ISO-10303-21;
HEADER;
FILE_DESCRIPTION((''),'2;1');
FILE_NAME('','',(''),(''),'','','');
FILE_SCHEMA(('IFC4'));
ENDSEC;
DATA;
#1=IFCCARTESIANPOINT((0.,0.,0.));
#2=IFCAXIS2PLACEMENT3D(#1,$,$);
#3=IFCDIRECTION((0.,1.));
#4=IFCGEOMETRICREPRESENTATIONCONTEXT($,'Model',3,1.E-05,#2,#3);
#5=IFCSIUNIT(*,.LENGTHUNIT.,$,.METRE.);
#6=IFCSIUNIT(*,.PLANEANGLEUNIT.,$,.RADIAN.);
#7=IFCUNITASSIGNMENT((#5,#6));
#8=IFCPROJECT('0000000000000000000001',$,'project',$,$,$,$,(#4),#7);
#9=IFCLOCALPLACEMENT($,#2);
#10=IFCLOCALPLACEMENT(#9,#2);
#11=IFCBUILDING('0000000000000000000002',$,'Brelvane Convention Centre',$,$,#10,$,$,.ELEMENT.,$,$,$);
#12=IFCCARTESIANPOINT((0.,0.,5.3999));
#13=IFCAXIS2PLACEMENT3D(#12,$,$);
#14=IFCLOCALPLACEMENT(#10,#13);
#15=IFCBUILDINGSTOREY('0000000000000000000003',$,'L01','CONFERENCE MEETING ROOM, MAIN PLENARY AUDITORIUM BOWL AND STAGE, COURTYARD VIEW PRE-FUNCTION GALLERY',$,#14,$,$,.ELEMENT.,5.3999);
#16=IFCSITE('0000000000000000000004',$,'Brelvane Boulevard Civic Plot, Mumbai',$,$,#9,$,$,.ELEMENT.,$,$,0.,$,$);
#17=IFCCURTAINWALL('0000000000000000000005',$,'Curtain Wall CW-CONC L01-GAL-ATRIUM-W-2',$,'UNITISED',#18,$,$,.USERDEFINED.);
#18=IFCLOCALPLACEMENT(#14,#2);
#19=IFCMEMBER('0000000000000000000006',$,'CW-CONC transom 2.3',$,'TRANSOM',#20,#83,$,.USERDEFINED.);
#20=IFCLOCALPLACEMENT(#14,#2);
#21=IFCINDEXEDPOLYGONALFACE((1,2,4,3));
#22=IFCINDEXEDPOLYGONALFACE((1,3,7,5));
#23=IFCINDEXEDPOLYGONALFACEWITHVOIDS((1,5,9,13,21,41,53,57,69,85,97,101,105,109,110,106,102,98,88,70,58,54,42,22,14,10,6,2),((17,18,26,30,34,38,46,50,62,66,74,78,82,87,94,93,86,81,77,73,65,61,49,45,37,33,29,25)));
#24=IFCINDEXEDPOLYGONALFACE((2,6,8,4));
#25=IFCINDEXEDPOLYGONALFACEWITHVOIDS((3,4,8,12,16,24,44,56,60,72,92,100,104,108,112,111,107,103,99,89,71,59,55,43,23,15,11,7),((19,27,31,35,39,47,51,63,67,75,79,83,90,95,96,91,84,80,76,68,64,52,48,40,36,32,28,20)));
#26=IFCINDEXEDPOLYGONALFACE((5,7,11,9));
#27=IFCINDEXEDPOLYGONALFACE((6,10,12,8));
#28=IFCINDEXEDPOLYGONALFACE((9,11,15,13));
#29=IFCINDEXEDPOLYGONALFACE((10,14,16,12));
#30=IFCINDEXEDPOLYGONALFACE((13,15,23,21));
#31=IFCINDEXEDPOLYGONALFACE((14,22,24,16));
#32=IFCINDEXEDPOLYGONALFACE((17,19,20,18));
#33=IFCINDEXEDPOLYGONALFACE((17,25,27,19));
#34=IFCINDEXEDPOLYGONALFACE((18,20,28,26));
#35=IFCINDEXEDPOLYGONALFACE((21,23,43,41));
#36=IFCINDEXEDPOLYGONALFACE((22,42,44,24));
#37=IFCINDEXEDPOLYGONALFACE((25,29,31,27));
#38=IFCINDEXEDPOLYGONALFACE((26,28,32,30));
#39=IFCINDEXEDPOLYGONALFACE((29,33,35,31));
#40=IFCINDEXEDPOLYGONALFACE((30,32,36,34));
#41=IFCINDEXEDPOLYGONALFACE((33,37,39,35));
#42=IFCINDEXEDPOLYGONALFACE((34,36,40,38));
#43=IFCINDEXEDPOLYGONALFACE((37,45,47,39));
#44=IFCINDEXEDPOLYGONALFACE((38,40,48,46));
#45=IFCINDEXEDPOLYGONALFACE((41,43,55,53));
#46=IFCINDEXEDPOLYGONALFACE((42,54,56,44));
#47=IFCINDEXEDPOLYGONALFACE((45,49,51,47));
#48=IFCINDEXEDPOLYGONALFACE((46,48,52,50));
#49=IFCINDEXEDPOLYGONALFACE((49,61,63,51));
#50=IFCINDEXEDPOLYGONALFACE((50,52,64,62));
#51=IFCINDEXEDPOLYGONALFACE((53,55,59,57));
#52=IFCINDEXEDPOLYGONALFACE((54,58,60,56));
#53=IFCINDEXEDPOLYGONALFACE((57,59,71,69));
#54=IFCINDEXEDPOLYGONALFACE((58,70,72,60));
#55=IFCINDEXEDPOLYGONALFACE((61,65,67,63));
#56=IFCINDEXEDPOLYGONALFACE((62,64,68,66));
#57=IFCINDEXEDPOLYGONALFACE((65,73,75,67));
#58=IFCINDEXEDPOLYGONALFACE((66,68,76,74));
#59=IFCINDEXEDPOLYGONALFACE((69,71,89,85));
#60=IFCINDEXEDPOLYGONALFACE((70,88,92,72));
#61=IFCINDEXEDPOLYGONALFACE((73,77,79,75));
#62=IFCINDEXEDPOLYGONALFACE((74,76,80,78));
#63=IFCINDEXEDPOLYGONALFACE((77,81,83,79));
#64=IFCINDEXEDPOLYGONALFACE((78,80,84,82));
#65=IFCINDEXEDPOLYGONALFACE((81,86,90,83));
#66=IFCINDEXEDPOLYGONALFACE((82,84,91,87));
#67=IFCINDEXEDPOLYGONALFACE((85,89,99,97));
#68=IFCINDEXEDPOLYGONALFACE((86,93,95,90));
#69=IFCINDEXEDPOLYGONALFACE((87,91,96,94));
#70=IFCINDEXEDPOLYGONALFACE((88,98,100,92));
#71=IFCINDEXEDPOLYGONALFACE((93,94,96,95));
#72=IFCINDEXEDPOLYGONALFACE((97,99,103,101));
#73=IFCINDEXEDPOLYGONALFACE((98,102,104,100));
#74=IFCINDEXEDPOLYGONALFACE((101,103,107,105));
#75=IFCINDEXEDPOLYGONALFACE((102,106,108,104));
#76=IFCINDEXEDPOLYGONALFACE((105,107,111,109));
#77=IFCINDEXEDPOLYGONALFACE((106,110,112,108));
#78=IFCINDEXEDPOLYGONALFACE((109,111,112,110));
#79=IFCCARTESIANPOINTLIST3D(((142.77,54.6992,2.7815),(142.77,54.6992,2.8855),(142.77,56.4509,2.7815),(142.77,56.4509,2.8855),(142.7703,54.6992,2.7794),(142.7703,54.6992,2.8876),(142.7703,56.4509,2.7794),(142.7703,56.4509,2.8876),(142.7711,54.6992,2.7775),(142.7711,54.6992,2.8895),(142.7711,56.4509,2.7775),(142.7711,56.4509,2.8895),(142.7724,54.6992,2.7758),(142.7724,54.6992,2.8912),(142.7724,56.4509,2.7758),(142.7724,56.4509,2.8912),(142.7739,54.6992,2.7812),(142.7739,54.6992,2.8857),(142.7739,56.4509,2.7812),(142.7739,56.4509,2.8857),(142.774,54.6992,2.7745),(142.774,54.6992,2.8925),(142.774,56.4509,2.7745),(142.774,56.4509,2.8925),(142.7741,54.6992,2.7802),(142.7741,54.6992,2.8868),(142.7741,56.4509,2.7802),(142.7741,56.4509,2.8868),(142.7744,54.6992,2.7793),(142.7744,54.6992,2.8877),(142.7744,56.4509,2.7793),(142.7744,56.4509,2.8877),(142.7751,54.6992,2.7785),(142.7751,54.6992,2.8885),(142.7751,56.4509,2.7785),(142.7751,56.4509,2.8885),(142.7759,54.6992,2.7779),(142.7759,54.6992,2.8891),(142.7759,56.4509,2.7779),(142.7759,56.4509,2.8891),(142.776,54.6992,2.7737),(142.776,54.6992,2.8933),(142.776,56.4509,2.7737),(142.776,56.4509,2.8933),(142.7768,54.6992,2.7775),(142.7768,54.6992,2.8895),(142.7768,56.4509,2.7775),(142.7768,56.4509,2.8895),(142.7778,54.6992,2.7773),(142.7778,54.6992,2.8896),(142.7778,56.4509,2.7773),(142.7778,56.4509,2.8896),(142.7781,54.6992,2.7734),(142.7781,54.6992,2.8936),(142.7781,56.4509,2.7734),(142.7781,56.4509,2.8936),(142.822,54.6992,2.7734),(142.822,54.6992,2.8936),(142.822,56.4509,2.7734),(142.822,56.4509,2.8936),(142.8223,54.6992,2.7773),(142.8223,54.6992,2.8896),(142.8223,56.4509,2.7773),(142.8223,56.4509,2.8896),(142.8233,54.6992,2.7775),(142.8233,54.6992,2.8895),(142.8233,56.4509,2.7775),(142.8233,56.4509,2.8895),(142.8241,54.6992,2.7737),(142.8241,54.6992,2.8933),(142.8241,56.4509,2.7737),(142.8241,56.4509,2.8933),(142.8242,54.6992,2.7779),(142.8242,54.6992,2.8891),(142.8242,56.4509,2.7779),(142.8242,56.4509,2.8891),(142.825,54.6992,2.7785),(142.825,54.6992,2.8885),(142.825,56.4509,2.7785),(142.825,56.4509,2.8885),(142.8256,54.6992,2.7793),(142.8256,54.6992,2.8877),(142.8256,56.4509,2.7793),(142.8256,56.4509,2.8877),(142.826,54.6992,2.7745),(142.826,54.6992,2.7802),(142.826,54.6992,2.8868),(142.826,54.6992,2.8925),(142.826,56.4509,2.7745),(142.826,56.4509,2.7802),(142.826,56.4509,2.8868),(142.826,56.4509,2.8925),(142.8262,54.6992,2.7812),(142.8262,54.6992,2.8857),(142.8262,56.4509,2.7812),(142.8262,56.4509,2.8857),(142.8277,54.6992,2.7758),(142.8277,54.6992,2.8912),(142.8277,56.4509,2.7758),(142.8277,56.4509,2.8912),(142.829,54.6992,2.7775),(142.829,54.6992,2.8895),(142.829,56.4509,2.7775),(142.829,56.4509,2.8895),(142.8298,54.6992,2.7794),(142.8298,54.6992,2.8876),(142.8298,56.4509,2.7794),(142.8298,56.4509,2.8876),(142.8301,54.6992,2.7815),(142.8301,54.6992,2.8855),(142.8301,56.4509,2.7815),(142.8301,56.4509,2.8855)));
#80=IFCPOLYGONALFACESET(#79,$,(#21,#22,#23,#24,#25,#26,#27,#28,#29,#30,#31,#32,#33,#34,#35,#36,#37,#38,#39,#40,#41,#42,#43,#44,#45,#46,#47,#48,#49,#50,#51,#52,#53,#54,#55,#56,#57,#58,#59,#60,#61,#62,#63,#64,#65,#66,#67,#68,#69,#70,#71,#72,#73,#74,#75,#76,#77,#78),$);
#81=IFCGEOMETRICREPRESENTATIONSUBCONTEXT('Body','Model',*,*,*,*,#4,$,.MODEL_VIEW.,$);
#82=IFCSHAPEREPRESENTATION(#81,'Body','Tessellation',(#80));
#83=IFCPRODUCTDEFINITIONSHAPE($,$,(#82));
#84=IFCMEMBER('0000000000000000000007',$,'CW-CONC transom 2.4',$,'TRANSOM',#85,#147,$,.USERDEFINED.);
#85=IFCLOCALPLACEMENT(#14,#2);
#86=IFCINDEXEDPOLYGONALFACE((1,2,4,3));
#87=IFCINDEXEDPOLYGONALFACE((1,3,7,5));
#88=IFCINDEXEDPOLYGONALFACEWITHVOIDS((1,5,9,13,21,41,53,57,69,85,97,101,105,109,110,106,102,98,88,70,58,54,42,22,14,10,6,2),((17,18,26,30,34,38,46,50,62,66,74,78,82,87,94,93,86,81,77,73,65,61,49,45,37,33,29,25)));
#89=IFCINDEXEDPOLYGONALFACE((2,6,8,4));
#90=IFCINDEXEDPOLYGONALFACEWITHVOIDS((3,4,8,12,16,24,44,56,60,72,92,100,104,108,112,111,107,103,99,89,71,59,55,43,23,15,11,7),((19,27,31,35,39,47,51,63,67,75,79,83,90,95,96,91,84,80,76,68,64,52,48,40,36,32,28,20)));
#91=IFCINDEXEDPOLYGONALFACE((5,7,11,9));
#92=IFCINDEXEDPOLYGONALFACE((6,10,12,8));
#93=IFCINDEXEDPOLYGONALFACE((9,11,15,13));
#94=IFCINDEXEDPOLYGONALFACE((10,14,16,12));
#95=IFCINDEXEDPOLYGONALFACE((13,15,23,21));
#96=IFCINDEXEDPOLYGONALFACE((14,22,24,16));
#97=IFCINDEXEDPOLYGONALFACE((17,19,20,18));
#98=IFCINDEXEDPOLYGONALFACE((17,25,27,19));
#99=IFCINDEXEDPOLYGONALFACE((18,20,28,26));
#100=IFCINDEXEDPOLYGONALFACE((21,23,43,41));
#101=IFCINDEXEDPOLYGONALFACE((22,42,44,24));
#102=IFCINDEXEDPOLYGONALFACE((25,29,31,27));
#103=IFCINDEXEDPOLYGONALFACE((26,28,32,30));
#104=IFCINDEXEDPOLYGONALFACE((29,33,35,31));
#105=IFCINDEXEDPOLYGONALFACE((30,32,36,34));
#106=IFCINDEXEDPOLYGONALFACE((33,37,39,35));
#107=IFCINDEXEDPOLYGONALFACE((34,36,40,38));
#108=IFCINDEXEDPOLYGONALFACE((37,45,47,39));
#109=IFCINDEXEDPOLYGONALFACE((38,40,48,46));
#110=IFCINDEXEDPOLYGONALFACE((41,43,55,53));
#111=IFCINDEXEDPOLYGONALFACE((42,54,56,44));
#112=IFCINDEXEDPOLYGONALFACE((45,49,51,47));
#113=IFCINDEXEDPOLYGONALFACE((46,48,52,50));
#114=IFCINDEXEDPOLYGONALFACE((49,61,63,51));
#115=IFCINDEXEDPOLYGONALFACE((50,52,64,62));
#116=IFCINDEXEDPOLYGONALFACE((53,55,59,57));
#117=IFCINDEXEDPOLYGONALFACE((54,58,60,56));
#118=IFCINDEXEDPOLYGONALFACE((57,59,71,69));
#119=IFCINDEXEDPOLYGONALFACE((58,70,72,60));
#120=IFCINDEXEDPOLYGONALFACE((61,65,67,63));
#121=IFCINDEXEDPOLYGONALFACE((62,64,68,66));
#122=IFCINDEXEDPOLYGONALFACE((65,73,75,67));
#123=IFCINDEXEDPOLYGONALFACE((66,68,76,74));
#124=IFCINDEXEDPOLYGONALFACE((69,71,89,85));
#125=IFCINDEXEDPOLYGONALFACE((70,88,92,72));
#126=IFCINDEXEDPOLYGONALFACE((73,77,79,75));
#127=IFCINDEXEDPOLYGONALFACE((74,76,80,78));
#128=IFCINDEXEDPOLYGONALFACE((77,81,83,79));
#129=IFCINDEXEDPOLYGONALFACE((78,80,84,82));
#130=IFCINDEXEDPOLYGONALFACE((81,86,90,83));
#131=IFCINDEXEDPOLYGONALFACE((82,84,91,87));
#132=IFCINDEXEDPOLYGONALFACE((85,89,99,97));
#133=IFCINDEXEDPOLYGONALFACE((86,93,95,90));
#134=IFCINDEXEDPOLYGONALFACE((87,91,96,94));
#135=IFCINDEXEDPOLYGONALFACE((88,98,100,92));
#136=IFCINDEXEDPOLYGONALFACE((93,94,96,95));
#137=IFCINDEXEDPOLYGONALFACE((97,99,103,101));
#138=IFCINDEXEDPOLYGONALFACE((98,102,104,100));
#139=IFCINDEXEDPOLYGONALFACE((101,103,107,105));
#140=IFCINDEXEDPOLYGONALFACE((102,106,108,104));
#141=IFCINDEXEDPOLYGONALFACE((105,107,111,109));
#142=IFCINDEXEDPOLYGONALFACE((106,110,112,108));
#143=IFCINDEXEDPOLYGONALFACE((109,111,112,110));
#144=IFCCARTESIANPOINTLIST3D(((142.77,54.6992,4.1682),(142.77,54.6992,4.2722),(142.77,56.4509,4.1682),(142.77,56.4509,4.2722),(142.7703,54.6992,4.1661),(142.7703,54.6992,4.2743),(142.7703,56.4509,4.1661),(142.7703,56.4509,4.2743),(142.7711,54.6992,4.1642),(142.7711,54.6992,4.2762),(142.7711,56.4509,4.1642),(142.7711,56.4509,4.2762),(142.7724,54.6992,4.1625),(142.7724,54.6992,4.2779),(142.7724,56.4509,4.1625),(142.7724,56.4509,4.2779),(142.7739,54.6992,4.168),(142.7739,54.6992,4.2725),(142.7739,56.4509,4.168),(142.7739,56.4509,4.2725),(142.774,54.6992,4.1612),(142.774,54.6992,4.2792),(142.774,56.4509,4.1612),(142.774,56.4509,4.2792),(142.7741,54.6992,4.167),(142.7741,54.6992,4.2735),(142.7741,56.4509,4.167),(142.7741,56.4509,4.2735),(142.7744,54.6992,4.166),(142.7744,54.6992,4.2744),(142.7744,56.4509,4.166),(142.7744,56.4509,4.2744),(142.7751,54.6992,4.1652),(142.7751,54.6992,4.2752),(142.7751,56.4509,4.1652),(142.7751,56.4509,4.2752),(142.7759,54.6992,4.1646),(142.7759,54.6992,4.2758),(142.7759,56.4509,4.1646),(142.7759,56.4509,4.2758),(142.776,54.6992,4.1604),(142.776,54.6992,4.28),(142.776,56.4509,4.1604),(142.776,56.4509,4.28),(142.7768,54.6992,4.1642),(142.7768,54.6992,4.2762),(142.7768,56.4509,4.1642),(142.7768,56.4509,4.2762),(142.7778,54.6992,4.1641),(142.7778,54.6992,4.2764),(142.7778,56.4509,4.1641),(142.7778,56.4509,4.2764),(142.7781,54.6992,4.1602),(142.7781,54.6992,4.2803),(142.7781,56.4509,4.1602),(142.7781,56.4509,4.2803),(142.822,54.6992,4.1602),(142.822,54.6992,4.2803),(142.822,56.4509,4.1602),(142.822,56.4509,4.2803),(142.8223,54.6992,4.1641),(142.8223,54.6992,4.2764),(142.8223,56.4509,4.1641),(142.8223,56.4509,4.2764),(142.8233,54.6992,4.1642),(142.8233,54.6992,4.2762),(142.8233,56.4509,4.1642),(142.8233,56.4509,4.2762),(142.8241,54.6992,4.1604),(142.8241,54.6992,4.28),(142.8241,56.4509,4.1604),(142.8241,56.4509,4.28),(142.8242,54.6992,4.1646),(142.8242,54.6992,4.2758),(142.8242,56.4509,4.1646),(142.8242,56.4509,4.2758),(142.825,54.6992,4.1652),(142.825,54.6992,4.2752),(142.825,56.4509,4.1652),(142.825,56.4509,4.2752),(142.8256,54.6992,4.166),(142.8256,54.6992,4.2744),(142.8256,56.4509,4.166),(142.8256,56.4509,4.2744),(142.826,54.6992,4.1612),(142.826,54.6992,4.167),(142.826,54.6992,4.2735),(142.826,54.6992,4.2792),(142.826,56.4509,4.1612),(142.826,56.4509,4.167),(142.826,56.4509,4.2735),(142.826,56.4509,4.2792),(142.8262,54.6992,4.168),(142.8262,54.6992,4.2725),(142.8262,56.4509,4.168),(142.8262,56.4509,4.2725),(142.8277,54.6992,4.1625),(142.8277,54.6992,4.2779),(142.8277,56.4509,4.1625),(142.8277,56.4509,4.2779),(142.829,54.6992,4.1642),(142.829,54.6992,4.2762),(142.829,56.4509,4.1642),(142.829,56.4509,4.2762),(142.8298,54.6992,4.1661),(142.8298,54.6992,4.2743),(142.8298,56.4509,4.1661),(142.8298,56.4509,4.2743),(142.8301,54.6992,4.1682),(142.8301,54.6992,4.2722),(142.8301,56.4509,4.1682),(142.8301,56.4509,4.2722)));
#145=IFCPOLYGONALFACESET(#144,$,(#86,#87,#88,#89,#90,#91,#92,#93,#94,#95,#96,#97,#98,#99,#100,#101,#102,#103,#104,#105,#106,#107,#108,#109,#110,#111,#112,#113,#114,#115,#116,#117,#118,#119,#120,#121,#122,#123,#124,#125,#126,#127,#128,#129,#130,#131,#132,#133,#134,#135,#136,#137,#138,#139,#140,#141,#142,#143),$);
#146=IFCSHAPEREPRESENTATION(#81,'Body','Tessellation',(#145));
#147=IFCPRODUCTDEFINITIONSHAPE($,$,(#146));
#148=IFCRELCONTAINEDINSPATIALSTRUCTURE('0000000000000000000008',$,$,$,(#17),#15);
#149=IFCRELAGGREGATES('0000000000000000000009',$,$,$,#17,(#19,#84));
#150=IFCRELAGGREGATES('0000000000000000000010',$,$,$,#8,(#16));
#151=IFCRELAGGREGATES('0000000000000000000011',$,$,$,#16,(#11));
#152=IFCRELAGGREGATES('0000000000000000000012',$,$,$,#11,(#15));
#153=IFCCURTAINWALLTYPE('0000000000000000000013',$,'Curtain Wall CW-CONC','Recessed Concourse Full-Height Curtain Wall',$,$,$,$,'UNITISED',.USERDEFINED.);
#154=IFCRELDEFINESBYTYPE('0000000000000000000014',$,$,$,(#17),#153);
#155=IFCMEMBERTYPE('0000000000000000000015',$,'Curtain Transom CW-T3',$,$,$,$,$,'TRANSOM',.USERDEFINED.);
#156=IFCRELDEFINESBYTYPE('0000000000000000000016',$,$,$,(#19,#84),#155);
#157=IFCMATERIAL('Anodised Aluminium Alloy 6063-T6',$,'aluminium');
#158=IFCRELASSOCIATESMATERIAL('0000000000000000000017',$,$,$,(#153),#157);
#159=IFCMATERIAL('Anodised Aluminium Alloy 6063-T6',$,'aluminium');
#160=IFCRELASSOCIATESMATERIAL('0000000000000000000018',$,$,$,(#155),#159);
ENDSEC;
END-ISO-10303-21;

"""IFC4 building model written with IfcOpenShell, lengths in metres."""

from ifc_helpers import new_model, si_unit, direction, frame, origin, origin_2d, place, context, subcontext, project, spatial, hollow_rectangle, extrude, material, material_profile, profile_set, type_object, element, aggregate, save


model = new_model("IFC4")

# Units and contexts
model_context = context("Model", 3, precision=1e-05, world=origin(), true_north=direction((0.0, 1.0)))
body_context = subcontext(model_context, "Body", "Model", "MODEL_VIEW")
ifc_project = project(units=[si_unit("LENGTHUNIT", "METRE"), si_unit("PLANEANGLEUNIT", "RADIAN")], contexts=[model_context])

# Site, building, storey
site_placement = place(None, origin())
site = spatial("IfcSite", under=ifc_project, at=site_placement, Name="Brelvane Boulevard Civic Plot, Mumbai", CompositionType="ELEMENT", RefElevation=0.0)
building_placement = place(site_placement, origin())
building = spatial("IfcBuilding", under=site, at=building_placement, Name="Brelvane Convention Centre", CompositionType="ELEMENT")
storey_placement = place(building_placement, frame((0.0, 0.0, 5.3999)))
storey = spatial("IfcBuildingStorey", under=building, at=storey_placement, Name="L01", Description="CONFERENCE MEETING ROOM, MAIN PLENARY AUDITORIUM BOWL AND STAGE, COURTYARD VIEW PRE-FUNCTION GALLERY", CompositionType="ELEMENT", Elevation=5.3999)

# Curtain wall, members
ifc_material_1 = material(Name="Anodised Aluminium Alloy 6063-T6", Category="aluminium")
curtain_wall_type = type_object("IfcCurtainWallType", Name="Curtain Wall CW-CONC", Description="Recessed Concourse Full-Height Curtain Wall", ElementType="UNITISED", PredefinedType="USERDEFINED", material=ifc_material_1)
curtain_wall_placement = place(storey_placement, origin())
curtain_wall = element("IfcCurtainWall", 1, at=curtain_wall_placement, inside=storey, type_object=curtain_wall_type, Name="Curtain Wall CW-CONC L01-GAL-ATRIUM-W-2", ObjectType="UNITISED", PredefinedType="USERDEFINED")
ifc_material_2 = material(Name="Anodised Aluminium Alloy 6063-T6", Category="aluminium")
ifc_material_profile_1 = material_profile(ifc_material_2, hollow_rectangle(XDim=0.0601, YDim=0.1201, WallThickness=0.0039, InnerFilletRadius=0.0039, OuterFilletRadius=0.0081, at=origin_2d()), Name="ALU-T 120x60x4.0")
ifc_profile_set_1 = profile_set([ifc_material_profile_1], Name="Anodised Aluminium Alloy 6063-T6")
member_type_1 = type_object("IfcMemberType", Name="Curtain Transom CW-T3", ElementType="TRANSOM", PredefinedType="USERDEFINED", material=ifc_profile_set_1)
member_1_placement = place(storey_placement, frame((142.8, 54.6992, 2.8335), z_axis=(0.0, 1.0, 0.0), x_axis=(-1.0, 0.0, 0.0)))
member_1 = element("IfcMember", 2, at=member_1_placement, type_object=member_type_1, Name="CW-CONC transom 2.3", ObjectType="TRANSOM", PredefinedType="USERDEFINED", context=body_context, shape_type="SweptSolid", body=[
    extrude(hollow_rectangle(XDim=0.0601, YDim=0.1201, WallThickness=0.0039, InnerFilletRadius=0.0039, OuterFilletRadius=0.0081, at=origin_2d()), origin(), (0.0, 0.0, 1.0), 1.7517),
])
member_2_placement = place(storey_placement, frame((142.8, 54.6992, 4.2202), z_axis=(0.0, 1.0, 0.0), x_axis=(-1.0, 0.0, 0.0)))
member_2 = element("IfcMember", 3, at=member_2_placement, type_object=member_type_1, Name="CW-CONC transom 2.4", ObjectType="TRANSOM", PredefinedType="USERDEFINED", context=body_context, shape_type="SweptSolid", body=[
    extrude(hollow_rectangle(XDim=0.0601, YDim=0.1201, WallThickness=0.0039, InnerFilletRadius=0.0039, OuterFilletRadius=0.0081, at=origin_2d()), origin(), (0.0, 0.0, 1.0), 1.7517),
])

aggregate(curtain_wall, [member_1, member_2])

save(model, "model.ifc")
